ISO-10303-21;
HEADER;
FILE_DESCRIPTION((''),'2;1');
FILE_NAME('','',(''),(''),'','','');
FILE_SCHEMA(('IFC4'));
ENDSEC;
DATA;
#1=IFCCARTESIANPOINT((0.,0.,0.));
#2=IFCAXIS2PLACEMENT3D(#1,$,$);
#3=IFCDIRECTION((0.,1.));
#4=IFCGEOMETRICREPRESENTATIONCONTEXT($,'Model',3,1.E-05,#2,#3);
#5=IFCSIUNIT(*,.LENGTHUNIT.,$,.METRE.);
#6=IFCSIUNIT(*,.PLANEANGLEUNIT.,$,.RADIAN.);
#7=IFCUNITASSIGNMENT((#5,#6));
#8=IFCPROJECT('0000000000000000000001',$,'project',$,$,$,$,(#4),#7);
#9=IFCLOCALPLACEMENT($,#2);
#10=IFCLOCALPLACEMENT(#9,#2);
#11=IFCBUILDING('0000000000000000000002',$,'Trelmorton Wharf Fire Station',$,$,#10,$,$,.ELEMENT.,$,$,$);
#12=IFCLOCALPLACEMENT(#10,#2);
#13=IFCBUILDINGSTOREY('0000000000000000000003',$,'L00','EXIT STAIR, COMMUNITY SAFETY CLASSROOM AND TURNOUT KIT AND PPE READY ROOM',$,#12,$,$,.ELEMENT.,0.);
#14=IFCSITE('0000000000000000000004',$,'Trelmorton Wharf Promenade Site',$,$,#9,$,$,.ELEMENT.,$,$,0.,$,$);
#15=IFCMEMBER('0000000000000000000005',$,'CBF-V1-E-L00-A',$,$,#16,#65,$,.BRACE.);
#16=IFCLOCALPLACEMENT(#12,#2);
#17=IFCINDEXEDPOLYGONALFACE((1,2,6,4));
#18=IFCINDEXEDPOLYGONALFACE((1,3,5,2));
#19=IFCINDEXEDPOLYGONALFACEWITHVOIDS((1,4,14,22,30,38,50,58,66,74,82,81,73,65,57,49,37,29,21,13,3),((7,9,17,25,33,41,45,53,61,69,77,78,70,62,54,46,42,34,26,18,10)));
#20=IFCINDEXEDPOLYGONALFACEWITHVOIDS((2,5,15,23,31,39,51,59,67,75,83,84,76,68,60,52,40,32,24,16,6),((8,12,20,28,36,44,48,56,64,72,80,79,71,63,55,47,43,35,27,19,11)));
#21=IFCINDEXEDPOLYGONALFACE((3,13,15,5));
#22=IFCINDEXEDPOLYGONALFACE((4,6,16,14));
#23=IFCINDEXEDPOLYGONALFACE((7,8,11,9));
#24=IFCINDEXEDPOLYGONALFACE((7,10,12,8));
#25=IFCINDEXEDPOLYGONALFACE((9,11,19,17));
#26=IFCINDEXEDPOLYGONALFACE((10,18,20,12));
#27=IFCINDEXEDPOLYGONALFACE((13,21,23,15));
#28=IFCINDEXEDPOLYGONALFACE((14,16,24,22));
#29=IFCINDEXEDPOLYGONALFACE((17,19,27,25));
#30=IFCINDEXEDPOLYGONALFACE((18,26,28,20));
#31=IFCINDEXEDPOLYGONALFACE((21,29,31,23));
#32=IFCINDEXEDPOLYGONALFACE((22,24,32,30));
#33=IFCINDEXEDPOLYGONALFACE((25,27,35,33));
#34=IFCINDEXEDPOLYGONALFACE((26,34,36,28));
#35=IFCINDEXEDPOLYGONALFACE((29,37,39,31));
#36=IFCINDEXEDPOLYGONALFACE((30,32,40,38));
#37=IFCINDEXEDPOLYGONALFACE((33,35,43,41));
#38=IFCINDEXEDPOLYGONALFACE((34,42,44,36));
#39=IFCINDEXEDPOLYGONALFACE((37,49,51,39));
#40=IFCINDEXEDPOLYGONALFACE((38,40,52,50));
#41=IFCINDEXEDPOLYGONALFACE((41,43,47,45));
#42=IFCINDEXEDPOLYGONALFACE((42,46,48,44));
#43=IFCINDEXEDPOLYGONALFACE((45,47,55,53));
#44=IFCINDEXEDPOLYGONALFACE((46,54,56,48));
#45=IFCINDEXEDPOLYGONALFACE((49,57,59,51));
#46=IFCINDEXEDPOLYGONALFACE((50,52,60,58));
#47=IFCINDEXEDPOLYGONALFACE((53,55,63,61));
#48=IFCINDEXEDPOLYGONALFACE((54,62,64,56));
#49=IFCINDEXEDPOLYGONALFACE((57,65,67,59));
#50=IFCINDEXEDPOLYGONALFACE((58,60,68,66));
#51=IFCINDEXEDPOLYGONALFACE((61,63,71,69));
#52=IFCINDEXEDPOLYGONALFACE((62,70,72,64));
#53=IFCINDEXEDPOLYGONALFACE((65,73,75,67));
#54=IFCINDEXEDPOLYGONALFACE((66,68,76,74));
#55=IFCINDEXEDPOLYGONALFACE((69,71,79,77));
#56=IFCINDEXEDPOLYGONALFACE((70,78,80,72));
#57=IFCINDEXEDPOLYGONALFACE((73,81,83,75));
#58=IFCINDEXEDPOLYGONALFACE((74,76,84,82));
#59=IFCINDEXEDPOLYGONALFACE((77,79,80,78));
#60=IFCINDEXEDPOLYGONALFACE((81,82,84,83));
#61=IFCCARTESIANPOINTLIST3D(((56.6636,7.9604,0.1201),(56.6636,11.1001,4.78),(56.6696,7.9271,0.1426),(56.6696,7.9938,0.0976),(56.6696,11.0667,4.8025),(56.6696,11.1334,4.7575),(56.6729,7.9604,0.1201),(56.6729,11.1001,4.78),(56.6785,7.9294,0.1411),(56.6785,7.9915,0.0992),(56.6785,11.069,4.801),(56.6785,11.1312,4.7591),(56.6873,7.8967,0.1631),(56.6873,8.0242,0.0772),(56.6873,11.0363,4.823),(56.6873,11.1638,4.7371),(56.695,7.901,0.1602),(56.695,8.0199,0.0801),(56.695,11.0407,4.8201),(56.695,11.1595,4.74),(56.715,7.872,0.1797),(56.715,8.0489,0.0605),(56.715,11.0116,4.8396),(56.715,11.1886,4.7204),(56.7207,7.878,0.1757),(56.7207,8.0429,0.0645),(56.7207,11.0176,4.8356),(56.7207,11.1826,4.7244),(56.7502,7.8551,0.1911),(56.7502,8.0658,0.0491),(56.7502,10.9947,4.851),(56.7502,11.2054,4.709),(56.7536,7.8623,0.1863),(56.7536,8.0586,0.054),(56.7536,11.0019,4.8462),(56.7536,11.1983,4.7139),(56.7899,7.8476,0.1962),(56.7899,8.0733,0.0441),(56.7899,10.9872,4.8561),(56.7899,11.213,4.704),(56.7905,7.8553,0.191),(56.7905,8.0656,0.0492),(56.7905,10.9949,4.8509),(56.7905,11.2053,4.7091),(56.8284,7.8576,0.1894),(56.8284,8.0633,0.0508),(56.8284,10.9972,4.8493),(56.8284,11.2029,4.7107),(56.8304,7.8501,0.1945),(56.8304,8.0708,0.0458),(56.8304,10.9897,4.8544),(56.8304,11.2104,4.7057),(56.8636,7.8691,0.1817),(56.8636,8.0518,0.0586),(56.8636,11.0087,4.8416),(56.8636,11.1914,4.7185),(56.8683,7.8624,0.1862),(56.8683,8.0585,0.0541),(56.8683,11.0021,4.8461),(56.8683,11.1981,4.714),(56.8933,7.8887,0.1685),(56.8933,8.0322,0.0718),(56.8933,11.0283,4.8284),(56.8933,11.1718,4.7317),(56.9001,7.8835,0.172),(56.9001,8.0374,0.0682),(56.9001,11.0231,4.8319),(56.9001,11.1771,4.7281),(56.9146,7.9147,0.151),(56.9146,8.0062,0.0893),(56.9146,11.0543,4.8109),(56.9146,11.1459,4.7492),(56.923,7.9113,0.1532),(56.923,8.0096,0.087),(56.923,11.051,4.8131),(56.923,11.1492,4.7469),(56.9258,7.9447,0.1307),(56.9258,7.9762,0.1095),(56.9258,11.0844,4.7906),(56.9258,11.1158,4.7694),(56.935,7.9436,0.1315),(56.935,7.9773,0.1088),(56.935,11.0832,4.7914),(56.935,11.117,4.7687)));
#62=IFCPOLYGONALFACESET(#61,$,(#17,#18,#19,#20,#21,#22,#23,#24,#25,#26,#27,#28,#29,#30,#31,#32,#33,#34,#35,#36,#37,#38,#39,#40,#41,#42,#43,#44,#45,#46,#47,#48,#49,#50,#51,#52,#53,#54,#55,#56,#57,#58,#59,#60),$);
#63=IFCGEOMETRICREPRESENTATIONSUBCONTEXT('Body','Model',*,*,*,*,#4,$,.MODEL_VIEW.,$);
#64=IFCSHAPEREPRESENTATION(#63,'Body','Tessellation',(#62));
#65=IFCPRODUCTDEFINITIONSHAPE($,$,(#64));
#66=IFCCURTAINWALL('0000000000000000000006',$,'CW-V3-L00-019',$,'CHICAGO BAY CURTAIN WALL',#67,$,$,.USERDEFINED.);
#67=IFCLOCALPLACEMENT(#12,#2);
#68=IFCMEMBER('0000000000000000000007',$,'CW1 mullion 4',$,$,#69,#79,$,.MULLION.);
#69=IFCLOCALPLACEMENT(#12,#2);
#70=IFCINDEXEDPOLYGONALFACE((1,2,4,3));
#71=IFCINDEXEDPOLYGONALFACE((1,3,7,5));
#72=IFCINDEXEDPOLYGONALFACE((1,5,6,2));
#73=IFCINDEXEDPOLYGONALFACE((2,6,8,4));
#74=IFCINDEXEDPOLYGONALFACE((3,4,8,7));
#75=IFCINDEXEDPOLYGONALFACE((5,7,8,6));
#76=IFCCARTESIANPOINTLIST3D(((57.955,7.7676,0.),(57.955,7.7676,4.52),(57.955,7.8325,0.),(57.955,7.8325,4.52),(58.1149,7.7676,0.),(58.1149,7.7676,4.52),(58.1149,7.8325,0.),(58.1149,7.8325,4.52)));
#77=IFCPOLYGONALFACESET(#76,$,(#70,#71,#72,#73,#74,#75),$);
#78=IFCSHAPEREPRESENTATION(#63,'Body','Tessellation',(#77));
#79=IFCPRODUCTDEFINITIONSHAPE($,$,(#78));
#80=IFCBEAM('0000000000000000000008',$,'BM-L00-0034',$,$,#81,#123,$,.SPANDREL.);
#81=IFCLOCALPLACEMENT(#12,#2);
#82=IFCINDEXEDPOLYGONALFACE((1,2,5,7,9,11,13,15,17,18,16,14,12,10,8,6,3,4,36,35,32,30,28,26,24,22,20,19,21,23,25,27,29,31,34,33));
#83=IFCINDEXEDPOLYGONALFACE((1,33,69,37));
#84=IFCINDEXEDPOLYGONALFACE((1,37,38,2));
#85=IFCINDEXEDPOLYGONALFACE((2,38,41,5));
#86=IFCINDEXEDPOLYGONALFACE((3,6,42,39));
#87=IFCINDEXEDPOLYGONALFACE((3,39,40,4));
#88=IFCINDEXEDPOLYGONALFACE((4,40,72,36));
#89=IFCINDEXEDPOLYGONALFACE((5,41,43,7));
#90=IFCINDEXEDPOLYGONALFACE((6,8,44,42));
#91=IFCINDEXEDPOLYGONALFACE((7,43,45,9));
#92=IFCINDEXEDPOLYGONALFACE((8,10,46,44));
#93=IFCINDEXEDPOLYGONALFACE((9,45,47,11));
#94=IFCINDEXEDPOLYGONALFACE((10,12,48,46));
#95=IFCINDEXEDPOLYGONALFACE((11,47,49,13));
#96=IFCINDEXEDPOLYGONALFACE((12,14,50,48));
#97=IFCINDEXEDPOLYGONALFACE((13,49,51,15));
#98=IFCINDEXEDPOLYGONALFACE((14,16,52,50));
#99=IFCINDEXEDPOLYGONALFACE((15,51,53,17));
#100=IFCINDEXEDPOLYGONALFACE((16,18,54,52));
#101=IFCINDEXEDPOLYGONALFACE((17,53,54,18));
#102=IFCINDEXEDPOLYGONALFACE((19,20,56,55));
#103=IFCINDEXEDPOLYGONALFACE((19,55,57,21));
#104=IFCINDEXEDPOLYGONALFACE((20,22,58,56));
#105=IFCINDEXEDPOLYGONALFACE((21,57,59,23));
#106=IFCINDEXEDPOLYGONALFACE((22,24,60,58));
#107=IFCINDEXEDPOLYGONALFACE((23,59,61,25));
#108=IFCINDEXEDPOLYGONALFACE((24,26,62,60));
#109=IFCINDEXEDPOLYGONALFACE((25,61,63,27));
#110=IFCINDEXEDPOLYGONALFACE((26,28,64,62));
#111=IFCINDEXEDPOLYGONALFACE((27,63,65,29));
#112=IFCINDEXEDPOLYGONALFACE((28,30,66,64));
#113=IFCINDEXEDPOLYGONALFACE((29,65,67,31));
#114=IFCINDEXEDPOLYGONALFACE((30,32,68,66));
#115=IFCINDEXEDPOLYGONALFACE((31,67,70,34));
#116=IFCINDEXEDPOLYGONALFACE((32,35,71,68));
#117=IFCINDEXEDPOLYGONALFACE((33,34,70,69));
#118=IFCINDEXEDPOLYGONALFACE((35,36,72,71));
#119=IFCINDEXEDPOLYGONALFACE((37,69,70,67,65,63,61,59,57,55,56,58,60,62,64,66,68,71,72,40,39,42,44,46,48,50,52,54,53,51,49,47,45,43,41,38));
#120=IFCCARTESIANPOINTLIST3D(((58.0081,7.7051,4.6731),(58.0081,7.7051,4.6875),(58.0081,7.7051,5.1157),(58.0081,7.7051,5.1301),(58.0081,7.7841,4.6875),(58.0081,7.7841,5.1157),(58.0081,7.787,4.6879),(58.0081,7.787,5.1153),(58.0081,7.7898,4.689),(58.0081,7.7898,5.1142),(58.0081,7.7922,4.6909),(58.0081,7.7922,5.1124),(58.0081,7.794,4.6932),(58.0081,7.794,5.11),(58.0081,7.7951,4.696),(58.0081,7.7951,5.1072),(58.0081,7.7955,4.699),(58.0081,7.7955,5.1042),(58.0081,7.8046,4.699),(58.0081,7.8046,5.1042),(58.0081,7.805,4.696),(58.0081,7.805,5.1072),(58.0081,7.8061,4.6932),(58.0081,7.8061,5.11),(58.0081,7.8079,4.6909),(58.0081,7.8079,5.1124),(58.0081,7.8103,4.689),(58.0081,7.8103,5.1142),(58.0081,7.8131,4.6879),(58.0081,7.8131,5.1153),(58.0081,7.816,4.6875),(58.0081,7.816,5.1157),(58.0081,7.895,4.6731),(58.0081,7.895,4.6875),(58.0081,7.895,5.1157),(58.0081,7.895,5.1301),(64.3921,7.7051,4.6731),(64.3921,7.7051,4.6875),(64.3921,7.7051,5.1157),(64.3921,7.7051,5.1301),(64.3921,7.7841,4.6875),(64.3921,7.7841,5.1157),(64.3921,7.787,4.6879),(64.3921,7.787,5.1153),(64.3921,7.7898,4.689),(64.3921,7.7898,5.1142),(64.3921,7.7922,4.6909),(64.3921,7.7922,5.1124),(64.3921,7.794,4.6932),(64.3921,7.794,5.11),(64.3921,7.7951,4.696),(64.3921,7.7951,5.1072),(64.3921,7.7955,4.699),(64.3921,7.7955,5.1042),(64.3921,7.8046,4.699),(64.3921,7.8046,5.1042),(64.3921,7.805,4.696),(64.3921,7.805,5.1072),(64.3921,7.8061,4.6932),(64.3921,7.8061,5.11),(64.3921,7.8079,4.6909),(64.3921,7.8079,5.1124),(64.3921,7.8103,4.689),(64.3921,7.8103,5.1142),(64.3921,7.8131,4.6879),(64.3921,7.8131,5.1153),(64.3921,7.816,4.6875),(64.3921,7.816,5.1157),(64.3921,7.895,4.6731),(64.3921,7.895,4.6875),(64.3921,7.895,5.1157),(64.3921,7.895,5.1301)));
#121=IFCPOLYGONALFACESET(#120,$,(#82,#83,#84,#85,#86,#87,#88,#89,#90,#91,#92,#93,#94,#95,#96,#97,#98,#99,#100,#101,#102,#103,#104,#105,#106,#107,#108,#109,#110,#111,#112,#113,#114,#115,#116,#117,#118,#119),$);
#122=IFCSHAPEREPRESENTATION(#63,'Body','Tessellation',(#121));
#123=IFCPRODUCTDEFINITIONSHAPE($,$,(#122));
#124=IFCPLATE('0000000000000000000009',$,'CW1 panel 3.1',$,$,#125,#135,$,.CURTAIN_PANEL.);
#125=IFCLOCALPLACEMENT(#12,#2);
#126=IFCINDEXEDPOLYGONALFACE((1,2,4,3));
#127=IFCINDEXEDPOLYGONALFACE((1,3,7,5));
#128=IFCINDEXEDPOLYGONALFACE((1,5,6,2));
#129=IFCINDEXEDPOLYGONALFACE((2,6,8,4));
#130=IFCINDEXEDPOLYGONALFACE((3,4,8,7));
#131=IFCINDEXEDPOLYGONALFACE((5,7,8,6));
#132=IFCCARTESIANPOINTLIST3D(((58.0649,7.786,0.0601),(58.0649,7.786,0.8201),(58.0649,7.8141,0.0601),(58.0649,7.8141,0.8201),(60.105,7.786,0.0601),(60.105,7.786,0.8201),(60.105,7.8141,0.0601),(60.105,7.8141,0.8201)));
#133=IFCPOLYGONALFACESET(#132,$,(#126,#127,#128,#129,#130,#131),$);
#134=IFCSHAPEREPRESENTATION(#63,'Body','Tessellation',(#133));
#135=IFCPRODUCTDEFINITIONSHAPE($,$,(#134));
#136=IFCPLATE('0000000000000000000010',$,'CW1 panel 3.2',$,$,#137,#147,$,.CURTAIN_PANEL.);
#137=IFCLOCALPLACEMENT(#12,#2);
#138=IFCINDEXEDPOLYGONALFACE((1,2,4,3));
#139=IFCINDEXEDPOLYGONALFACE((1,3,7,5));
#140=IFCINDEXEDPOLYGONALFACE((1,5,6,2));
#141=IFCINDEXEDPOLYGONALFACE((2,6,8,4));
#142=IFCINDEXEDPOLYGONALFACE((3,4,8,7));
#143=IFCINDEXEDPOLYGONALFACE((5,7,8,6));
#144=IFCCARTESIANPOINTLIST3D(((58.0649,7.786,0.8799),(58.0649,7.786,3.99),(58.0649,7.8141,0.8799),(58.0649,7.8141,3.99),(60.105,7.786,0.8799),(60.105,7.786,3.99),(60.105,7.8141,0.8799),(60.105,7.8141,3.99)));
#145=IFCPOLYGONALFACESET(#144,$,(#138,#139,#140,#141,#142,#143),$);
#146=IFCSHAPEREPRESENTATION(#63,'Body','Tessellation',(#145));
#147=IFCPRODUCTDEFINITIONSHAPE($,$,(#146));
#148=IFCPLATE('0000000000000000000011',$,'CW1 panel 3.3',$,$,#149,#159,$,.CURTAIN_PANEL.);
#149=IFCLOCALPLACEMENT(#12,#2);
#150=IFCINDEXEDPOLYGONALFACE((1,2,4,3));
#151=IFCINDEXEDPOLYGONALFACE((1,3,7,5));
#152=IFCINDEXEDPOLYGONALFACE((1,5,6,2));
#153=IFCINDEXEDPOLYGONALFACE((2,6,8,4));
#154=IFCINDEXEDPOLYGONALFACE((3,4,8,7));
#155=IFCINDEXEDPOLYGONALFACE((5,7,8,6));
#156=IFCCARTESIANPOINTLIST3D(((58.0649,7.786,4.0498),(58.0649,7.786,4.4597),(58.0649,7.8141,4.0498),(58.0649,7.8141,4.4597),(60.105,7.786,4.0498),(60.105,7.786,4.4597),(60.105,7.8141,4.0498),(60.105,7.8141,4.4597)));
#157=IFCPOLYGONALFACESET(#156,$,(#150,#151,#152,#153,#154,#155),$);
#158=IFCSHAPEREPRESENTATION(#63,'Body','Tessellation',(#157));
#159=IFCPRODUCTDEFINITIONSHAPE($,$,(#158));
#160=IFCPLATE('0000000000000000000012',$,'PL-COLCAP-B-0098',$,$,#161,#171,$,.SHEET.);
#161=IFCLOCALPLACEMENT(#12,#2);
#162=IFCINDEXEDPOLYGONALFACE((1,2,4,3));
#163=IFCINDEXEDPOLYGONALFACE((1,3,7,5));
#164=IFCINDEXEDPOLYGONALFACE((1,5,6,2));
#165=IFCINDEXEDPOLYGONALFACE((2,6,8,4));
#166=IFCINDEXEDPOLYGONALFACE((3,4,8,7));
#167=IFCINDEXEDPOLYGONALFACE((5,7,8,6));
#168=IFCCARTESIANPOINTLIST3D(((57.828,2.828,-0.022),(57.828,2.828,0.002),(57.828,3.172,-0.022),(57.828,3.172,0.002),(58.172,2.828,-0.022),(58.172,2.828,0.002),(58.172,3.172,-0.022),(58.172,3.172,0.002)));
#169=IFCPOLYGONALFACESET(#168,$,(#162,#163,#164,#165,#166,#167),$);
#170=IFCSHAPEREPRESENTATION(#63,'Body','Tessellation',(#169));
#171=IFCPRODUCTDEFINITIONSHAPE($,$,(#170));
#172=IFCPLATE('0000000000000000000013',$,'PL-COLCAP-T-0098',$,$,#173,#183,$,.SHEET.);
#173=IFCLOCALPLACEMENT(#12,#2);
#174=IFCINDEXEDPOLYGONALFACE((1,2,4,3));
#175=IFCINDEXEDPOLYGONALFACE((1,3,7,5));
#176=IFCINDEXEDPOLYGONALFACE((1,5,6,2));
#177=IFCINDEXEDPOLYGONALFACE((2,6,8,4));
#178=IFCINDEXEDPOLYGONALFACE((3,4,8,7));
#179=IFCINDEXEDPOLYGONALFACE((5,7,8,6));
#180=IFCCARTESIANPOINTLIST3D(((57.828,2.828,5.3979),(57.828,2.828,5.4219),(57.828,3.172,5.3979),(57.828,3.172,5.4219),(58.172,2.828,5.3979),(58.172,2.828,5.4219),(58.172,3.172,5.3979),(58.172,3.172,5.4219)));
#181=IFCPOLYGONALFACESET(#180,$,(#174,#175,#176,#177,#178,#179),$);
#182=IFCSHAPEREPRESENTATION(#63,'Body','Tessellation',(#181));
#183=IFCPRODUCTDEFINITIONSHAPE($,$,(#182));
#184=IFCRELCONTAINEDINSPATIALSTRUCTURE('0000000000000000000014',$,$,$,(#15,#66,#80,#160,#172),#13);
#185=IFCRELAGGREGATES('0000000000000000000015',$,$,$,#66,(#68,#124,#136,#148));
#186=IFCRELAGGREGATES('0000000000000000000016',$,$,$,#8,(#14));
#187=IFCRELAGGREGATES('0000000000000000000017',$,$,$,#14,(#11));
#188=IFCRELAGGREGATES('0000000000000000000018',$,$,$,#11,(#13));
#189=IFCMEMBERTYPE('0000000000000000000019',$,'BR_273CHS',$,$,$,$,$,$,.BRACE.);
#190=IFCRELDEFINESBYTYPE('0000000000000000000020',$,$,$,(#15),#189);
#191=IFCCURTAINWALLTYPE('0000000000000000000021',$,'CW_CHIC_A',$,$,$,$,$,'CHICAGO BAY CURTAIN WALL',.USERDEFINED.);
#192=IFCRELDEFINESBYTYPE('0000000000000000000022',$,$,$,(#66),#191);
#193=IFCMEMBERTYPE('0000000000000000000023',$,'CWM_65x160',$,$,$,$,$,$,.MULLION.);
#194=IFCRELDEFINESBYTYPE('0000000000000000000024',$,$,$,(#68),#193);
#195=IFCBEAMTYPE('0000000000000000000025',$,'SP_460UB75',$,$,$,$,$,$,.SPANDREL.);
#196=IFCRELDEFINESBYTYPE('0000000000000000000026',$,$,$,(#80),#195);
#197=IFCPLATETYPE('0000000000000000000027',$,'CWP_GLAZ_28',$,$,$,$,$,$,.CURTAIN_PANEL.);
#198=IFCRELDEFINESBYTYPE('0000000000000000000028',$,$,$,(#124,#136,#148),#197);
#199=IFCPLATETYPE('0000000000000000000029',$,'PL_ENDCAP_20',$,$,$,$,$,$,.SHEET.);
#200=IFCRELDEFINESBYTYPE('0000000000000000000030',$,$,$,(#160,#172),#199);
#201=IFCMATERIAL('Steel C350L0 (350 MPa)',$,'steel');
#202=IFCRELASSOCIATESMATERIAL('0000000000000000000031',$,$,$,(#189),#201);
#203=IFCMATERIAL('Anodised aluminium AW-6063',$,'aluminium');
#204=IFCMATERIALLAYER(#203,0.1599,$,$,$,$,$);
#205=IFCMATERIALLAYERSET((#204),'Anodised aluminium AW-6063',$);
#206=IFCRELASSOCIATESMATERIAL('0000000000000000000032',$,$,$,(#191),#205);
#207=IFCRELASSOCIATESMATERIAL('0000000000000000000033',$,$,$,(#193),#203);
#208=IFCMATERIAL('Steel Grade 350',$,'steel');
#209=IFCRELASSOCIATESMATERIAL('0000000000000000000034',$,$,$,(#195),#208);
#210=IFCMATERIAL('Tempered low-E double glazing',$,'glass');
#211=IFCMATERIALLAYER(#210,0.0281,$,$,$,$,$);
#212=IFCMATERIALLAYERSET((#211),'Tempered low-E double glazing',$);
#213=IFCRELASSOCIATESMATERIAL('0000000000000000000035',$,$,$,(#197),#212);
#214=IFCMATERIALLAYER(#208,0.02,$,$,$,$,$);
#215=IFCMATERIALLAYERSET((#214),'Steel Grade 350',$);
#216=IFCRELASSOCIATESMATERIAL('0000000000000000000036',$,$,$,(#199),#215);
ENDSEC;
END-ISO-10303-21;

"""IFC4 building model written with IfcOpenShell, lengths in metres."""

from ifc_helpers import new_model, si_unit, direction, frame, origin, origin_2d, place, context, subcontext, project, spatial, rectangle, hollow_circle, i_section, extrude, material, layer, layer_set, material_profile, profile_set, type_object, element, aggregate, save


model = new_model("IFC4")

# Units and contexts
model_context = context("Model", 3, precision=1e-05, world=origin(), true_north=direction((0.0, 1.0)))
body_context = subcontext(model_context, "Body", "Model", "MODEL_VIEW")
ifc_project = project(units=[si_unit("LENGTHUNIT", "METRE"), si_unit("PLANEANGLEUNIT", "RADIAN")], contexts=[model_context])

# Site, building, storey
site_placement = place(None, origin())
site = spatial("IfcSite", under=ifc_project, at=site_placement, Name="Trelmorton Wharf Promenade Site", CompositionType="ELEMENT", RefElevation=0.0)
building_placement = place(site_placement, origin())
building = spatial("IfcBuilding", under=site, at=building_placement, Name="Trelmorton Wharf Fire Station", CompositionType="ELEMENT")
storey_placement = place(building_placement, origin())
storey = spatial("IfcBuildingStorey", under=building, at=storey_placement, Name="L00", Description="EXIT STAIR, COMMUNITY SAFETY CLASSROOM AND TURNOUT KIT AND PPE READY ROOM", CompositionType="ELEMENT", Elevation=0.0)

# Shared definitions
ifc_material_1 = material(Name="Steel Grade 350", Category="steel")

# Member
ifc_material_2 = material(Name="Steel C350L0 (350 MPa)", Category="steel")
ifc_material_profile_1 = material_profile(ifc_material_2, hollow_circle(Radius=0.1365, WallThickness=0.0093, at=origin_2d()), Name="273.1x9.3CHS")
ifc_profile_set_1 = profile_set([ifc_material_profile_1], Name="Steel C350L0 (350 MPa)")
member_type_1 = type_object("IfcMemberType", Name="BR_273CHS", PredefinedType="BRACE", material=ifc_profile_set_1)
member_1_placement = place(storey_placement, frame((56.8, 7.9604, 0.1201), z_axis=(0.0, 0.558764, 0.829326), x_axis=(-1.0, 0.0, 0.0)))
element("IfcMember", 1, at=member_1_placement, inside=storey, type_object=member_type_1, Name="CBF-V1-E-L00-A", PredefinedType="BRACE", context=body_context, shape_type="SweptSolid", body=[
    extrude(hollow_circle(Radius=0.1365, WallThickness=0.0093, at=origin_2d()), origin(), (0.0, 0.0, 1.0), 5.6189),
])

# Curtain wall, member
ifc_material_3 = material(Name="Anodised aluminium AW-6063", Category="aluminium")
ifc_layer_1 = layer(ifc_material_3, 0.1599)
ifc_layer_set_1 = layer_set([ifc_layer_1], Name="Anodised aluminium AW-6063")
curtain_wall_type = type_object("IfcCurtainWallType", Name="CW_CHIC_A", ElementType="CHICAGO BAY CURTAIN WALL", PredefinedType="USERDEFINED", material=ifc_layer_set_1)
curtain_wall_placement = place(storey_placement, origin())
curtain_wall = element("IfcCurtainWall", 2, at=curtain_wall_placement, inside=storey, type_object=curtain_wall_type, Name="CW-V3-L00-019", ObjectType="CHICAGO BAY CURTAIN WALL", PredefinedType="USERDEFINED")
ifc_material_profile_2 = material_profile(ifc_material_3, rectangle(XDim=0.0649, YDim=0.1599, at=origin_2d()), Name="ALU-65x160")
ifc_profile_set_2 = profile_set([ifc_material_profile_2], Name="Anodised aluminium AW-6063")
member_type_2 = type_object("IfcMemberType", Name="CWM_65x160", PredefinedType="MULLION", material=ifc_profile_set_2)
member_2_placement = place(storey_placement, frame((58.0349, 7.8, 0.0), z_axis=(0.0, 0.0, 1.0), x_axis=(0.0, -1.0, 0.0)))
member_2 = element("IfcMember", 3, at=member_2_placement, type_object=member_type_2, Name="CW1 mullion 4", PredefinedType="MULLION", context=body_context, shape_type="SweptSolid", body=[
    extrude(rectangle(XDim=0.0649, YDim=0.1599, at=origin_2d()), origin(), (0.0, 0.0, 1.0), 4.52),
])

# Beam
ifc_material_profile_3 = material_profile(ifc_material_1, i_section(OverallWidth=0.1899, OverallDepth=0.457, WebThickness=0.009, FlangeThickness=0.0144, FilletRadius=0.0115, at=origin_2d()), Name="460UB74.6")
ifc_profile_set_3 = profile_set([ifc_material_profile_3], Name="Steel Grade 350")
beam_type_1 = type_object("IfcBeamType", Name="SP_460UB75", PredefinedType="SPANDREL", material=ifc_profile_set_3)
beam_1_placement = place(storey_placement, frame((58.0081, 7.8, 4.9016), z_axis=(1.0, 0.0, 0.0), x_axis=(0.0, 1.0, 0.0)))
element("IfcBeam", 4, at=beam_1_placement, inside=storey, type_object=beam_type_1, Name="BM-L00-0034", PredefinedType="SPANDREL", context=body_context, shape_type="SweptSolid", body=[
    extrude(i_section(OverallWidth=0.1899, OverallDepth=0.457, WebThickness=0.009, FlangeThickness=0.0144, FilletRadius=0.0115, at=origin_2d()), origin(), (0.0, 0.0, 1.0), 6.384),
])

# Plates
ifc_material_4 = material(Name="Tempered low-E double glazing", Category="glass")
ifc_layer_2 = layer(ifc_material_4, 0.0281)
ifc_layer_set_2 = layer_set([ifc_layer_2], Name="Tempered low-E double glazing")
plate_type_1 = type_object("IfcPlateType", Name="CWP_GLAZ_28", PredefinedType="CURTAIN_PANEL", material=ifc_layer_set_2)
plate_1_placement = place(storey_placement, frame((59.085, 7.8, 0.0601), z_axis=(0.0, 0.0, 1.0), x_axis=(-1.0, 0.0, 0.0)))
plate_1 = element("IfcPlate", 5, at=plate_1_placement, type_object=plate_type_1, Name="CW1 panel 3.1", PredefinedType="CURTAIN_PANEL", context=body_context, shape_type="SweptSolid", body=[
    extrude(rectangle(XDim=2.04, YDim=0.0281, at=origin_2d()), origin(), (0.0, 0.0, 1.0), 0.76),
])
plate_2_placement = place(storey_placement, frame((59.085, 7.8, 0.8799), z_axis=(0.0, 0.0, 1.0), x_axis=(-1.0, 0.0, 0.0)))
plate_2 = element("IfcPlate", 6, at=plate_2_placement, type_object=plate_type_1, Name="CW1 panel 3.2", PredefinedType="CURTAIN_PANEL", context=body_context, shape_type="SweptSolid", body=[
    extrude(rectangle(XDim=2.04, YDim=0.0281, at=origin_2d()), origin(), (0.0, 0.0, 1.0), 3.1101),
])
plate_3_placement = place(storey_placement, frame((59.085, 7.8, 4.0498), z_axis=(0.0, 0.0, 1.0), x_axis=(-1.0, 0.0, 0.0)))
plate_3 = element("IfcPlate", 7, at=plate_3_placement, type_object=plate_type_1, Name="CW1 panel 3.3", PredefinedType="CURTAIN_PANEL", context=body_context, shape_type="SweptSolid", body=[
    extrude(rectangle(XDim=2.04, YDim=0.0281, at=origin_2d()), origin(), (0.0, 0.0, 1.0), 0.4099),
])
aggregate(curtain_wall, [member_2, plate_1, plate_2, plate_3])

# Plates
ifc_layer_3 = layer(ifc_material_1, 0.02)
ifc_layer_set_3 = layer_set([ifc_layer_3], Name="Steel Grade 350")
plate_type_2 = type_object("IfcPlateType", Name="PL_ENDCAP_20", PredefinedType="SHEET", material=ifc_layer_set_3)
for number, where, z_axis, x_axis, name in (
    (8, (58.0, 3.0, -0.022), (0.0, 0.0, 1.0), (1.0, 0.0, 0.0), "PL-COLCAP-B-0098"),
    (9, (58.0, 3.0, 5.3979), (0.0, 0.0, 1.0), (1.0, 0.0, 0.0), "PL-COLCAP-T-0098"),
):
    element("IfcPlate", number, at=place(storey_placement, frame(where, z_axis=z_axis, x_axis=x_axis)), inside=storey, type_object=plate_type_2, Name=name, PredefinedType="SHEET", context=body_context, shape_type="SweptSolid", body=[
        extrude(rectangle(XDim=0.344, YDim=0.344, at=origin_2d()), origin(), (0.0, 0.0, 1.0), 0.0239),
    ])

save(model, "model.ifc")
